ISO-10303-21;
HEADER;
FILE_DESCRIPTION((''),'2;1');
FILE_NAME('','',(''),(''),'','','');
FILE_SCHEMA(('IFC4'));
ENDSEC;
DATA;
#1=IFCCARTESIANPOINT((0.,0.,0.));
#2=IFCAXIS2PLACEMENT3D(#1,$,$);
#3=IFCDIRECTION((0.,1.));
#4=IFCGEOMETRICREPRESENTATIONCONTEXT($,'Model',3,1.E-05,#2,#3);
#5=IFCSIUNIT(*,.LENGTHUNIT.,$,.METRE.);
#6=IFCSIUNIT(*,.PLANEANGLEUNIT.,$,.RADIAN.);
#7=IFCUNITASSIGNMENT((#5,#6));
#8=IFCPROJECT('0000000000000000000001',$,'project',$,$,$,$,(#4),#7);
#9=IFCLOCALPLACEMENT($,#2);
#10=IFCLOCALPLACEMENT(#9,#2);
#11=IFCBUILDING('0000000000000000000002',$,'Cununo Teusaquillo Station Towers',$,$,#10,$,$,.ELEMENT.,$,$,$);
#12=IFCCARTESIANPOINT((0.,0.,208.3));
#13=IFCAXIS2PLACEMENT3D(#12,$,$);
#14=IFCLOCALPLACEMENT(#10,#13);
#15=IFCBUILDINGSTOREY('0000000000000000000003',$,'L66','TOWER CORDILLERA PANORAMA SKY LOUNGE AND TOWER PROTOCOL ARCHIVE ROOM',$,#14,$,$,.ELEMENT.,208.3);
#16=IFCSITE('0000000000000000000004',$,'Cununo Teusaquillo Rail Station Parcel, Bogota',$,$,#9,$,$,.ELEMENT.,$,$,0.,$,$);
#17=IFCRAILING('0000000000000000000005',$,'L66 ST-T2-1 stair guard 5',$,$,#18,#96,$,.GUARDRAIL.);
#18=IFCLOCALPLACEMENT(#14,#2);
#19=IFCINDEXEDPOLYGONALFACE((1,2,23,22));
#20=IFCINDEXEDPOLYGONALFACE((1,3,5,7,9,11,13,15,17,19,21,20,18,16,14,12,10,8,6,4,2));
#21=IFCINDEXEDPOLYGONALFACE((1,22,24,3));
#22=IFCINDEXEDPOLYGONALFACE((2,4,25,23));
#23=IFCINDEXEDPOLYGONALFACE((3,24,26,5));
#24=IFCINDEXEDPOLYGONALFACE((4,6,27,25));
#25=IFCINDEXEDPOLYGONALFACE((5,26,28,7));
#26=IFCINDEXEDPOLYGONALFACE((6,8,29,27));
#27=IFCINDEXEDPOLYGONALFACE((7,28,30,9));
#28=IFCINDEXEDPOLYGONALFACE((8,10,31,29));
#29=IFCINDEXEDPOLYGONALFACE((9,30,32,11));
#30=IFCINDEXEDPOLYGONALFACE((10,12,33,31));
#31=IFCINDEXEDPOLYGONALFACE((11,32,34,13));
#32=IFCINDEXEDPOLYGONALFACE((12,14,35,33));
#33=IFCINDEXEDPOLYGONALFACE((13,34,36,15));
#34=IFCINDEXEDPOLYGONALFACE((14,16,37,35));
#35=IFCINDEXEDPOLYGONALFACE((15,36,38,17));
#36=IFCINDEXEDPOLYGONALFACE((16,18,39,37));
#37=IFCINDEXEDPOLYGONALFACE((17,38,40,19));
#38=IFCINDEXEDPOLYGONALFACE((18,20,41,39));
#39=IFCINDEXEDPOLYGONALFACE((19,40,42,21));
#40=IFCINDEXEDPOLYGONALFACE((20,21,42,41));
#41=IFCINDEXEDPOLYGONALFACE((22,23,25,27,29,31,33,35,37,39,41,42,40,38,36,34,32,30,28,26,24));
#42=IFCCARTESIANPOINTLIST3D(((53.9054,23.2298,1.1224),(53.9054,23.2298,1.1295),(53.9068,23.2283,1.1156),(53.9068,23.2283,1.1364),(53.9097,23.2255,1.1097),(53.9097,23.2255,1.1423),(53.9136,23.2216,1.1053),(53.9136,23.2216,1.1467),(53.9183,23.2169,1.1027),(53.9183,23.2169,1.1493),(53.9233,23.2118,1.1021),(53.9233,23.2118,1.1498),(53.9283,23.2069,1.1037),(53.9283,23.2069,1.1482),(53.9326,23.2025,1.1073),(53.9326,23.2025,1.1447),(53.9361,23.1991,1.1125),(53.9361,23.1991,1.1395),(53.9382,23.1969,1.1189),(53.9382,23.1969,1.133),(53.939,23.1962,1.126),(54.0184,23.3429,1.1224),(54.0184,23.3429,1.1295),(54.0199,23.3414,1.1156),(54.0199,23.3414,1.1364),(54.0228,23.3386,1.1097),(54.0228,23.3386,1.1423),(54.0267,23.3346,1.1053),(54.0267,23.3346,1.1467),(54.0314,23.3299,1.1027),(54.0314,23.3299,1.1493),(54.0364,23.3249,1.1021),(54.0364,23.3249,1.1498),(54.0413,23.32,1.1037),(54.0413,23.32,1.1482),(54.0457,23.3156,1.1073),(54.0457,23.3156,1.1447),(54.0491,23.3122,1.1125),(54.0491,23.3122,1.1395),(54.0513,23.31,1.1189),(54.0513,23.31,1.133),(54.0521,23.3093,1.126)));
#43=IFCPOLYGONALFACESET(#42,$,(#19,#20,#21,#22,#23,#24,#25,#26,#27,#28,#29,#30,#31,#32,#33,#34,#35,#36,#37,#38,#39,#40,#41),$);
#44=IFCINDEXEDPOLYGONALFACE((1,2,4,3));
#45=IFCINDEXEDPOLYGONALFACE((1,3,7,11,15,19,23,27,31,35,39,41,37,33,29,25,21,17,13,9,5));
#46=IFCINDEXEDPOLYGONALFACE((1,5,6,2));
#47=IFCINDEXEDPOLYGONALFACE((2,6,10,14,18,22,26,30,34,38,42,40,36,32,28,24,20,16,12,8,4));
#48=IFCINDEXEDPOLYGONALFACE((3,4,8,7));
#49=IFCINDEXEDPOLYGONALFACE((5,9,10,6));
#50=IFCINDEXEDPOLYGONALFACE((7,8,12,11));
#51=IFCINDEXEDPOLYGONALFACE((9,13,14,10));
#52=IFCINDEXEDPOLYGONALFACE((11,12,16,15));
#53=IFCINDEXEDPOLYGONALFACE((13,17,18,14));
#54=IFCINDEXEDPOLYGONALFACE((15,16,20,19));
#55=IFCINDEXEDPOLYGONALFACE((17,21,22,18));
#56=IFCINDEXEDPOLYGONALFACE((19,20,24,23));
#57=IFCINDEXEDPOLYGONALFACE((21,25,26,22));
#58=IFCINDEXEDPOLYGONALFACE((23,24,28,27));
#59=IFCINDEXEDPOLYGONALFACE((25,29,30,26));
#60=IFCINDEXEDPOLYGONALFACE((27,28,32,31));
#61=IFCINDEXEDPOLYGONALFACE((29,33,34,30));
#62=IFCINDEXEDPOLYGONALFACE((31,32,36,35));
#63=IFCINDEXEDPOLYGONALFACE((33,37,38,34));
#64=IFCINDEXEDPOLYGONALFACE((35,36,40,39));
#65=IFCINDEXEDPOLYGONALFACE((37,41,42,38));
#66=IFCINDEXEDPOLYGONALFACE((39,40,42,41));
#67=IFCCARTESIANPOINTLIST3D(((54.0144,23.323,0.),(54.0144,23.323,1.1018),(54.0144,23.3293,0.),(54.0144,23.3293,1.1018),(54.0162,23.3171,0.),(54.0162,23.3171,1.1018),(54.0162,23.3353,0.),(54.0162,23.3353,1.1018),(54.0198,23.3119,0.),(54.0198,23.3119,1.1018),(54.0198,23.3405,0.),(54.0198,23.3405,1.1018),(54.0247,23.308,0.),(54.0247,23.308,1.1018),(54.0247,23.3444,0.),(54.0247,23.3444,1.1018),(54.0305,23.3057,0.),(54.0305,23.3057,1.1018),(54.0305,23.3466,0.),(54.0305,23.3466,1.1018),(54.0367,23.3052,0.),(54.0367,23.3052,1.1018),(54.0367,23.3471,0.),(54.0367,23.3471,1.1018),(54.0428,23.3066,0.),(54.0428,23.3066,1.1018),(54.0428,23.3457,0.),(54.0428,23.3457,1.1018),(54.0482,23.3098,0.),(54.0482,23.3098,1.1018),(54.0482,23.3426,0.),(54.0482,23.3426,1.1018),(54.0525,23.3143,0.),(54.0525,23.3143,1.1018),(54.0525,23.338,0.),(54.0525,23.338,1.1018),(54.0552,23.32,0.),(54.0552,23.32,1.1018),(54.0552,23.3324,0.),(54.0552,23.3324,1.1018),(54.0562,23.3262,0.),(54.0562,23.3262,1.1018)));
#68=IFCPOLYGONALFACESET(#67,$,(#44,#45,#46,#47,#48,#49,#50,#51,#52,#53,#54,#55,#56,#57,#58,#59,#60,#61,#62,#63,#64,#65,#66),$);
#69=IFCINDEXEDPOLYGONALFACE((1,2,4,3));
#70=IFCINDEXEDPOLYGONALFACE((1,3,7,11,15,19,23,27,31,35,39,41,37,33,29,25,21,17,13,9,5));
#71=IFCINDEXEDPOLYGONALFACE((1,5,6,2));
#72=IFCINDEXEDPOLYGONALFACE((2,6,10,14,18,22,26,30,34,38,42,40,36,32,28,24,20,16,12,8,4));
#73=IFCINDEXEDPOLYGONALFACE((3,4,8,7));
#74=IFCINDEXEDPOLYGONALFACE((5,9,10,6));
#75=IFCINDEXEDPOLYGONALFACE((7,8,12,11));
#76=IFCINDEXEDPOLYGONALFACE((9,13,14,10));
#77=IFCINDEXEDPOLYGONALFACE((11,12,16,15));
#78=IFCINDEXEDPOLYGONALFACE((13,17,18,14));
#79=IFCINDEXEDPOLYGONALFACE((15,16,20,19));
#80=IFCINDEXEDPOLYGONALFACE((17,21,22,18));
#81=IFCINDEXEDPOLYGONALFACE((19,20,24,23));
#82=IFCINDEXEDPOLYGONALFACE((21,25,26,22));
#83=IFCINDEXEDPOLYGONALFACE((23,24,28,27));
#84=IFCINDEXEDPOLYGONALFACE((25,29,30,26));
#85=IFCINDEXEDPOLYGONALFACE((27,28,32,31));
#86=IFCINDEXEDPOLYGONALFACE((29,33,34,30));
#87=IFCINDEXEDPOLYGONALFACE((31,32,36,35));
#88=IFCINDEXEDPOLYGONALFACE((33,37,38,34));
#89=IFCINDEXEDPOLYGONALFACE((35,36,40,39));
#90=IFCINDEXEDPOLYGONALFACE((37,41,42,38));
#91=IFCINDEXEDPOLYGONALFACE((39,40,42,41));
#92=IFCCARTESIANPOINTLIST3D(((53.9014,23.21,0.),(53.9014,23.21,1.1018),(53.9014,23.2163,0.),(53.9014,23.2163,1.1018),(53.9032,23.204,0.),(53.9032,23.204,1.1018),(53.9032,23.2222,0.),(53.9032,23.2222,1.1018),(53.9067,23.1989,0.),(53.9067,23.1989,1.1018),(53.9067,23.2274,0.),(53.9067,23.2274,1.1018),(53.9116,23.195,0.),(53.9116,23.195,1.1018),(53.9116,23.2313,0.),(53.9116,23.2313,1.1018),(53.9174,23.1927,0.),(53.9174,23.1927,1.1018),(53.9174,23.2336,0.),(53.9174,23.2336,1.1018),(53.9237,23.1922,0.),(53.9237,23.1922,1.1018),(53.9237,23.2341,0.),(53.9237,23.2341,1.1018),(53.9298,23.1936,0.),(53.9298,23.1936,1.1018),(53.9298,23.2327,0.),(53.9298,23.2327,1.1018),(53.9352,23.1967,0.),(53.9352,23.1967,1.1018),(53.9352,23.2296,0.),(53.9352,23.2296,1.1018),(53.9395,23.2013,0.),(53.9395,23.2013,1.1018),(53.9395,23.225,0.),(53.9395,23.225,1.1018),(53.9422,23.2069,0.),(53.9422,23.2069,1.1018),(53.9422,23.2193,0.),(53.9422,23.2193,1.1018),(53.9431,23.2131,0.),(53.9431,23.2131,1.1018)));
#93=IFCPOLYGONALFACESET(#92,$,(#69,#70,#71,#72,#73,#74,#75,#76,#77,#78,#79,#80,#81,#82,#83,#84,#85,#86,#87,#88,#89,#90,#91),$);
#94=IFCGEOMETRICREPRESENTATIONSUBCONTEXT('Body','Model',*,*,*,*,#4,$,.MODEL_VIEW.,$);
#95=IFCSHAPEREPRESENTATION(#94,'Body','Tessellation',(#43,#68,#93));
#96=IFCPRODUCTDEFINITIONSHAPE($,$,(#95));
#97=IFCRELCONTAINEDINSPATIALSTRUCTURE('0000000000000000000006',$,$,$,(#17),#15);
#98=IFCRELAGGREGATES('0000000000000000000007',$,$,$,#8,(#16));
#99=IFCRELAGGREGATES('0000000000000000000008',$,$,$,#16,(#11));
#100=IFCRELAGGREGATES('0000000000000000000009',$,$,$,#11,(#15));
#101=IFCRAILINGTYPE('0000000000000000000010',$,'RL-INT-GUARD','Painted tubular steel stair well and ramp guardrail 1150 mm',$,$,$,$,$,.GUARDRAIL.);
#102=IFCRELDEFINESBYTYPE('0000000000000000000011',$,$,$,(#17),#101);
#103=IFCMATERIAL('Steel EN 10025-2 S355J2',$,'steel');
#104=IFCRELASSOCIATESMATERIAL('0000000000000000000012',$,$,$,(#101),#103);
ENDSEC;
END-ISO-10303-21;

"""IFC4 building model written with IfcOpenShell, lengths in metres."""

from ifc_helpers import new_model, si_unit, direction, frame, origin, origin_2d, place, context, subcontext, project, spatial, circle, extrude, material, type_object, element, save


model = new_model("IFC4")

# Units and contexts
model_context = context("Model", 3, precision=1e-05, world=origin(), true_north=direction((0.0, 1.0)))
body_context = subcontext(model_context, "Body", "Model", "MODEL_VIEW")
ifc_project = project(units=[si_unit("LENGTHUNIT", "METRE"), si_unit("PLANEANGLEUNIT", "RADIAN")], contexts=[model_context])

# Site, building, storey
site_placement = place(None, origin())
site = spatial("IfcSite", under=ifc_project, at=site_placement, Name="Cununo Teusaquillo Rail Station Parcel, Bogota", CompositionType="ELEMENT", RefElevation=0.0)
building_placement = place(site_placement, origin())
building = spatial("IfcBuilding", under=site, at=building_placement, Name="Cununo Teusaquillo Station Towers", CompositionType="ELEMENT")
storey_placement = place(building_placement, frame((0.0, 0.0, 208.3)))
storey = spatial("IfcBuildingStorey", under=building, at=storey_placement, Name="L66", Description="TOWER CORDILLERA PANORAMA SKY LOUNGE AND TOWER PROTOCOL ARCHIVE ROOM", CompositionType="ELEMENT", Elevation=208.3)

# Railing
ifc_material_1 = material(Name="Steel EN 10025-2 S355J2", Category="steel")
railing_type_1 = type_object("IfcRailingType", Name="RL-INT-GUARD", Description="Painted tubular steel stair well and ramp guardrail 1150 mm", PredefinedType="GUARDRAIL", material=ifc_material_1)
railing_1_placement = place(storey_placement, frame((54.0352, 23.3262, 0.0)))
element("IfcRailing", 1, at=railing_1_placement, inside=storey, type_object=railing_type_1, Name="L66 ST-T2-1 stair guard 5", PredefinedType="GUARDRAIL", context=body_context, shape_type="SweptSolid", body=[
    extrude(circle(Radius=0.0239, at=origin_2d()), frame((0.0, 0.0, 1.126), z_axis=(-0.707107, -0.707107, 0.0), x_axis=(0.707107, -0.707107, 0.0)), (0.0, 0.0, 1.0), 0.1599),
    extrude(circle(Radius=0.021, at=origin_2d()), origin(), (0.0, 0.0, 1.0), 1.1018),
    extrude(circle(Radius=0.021, at=origin_2d()), frame((-0.113, -0.113, 0.0)), (0.0, 0.0, 1.0), 1.1018),
])

save(model, "model.ifc")
